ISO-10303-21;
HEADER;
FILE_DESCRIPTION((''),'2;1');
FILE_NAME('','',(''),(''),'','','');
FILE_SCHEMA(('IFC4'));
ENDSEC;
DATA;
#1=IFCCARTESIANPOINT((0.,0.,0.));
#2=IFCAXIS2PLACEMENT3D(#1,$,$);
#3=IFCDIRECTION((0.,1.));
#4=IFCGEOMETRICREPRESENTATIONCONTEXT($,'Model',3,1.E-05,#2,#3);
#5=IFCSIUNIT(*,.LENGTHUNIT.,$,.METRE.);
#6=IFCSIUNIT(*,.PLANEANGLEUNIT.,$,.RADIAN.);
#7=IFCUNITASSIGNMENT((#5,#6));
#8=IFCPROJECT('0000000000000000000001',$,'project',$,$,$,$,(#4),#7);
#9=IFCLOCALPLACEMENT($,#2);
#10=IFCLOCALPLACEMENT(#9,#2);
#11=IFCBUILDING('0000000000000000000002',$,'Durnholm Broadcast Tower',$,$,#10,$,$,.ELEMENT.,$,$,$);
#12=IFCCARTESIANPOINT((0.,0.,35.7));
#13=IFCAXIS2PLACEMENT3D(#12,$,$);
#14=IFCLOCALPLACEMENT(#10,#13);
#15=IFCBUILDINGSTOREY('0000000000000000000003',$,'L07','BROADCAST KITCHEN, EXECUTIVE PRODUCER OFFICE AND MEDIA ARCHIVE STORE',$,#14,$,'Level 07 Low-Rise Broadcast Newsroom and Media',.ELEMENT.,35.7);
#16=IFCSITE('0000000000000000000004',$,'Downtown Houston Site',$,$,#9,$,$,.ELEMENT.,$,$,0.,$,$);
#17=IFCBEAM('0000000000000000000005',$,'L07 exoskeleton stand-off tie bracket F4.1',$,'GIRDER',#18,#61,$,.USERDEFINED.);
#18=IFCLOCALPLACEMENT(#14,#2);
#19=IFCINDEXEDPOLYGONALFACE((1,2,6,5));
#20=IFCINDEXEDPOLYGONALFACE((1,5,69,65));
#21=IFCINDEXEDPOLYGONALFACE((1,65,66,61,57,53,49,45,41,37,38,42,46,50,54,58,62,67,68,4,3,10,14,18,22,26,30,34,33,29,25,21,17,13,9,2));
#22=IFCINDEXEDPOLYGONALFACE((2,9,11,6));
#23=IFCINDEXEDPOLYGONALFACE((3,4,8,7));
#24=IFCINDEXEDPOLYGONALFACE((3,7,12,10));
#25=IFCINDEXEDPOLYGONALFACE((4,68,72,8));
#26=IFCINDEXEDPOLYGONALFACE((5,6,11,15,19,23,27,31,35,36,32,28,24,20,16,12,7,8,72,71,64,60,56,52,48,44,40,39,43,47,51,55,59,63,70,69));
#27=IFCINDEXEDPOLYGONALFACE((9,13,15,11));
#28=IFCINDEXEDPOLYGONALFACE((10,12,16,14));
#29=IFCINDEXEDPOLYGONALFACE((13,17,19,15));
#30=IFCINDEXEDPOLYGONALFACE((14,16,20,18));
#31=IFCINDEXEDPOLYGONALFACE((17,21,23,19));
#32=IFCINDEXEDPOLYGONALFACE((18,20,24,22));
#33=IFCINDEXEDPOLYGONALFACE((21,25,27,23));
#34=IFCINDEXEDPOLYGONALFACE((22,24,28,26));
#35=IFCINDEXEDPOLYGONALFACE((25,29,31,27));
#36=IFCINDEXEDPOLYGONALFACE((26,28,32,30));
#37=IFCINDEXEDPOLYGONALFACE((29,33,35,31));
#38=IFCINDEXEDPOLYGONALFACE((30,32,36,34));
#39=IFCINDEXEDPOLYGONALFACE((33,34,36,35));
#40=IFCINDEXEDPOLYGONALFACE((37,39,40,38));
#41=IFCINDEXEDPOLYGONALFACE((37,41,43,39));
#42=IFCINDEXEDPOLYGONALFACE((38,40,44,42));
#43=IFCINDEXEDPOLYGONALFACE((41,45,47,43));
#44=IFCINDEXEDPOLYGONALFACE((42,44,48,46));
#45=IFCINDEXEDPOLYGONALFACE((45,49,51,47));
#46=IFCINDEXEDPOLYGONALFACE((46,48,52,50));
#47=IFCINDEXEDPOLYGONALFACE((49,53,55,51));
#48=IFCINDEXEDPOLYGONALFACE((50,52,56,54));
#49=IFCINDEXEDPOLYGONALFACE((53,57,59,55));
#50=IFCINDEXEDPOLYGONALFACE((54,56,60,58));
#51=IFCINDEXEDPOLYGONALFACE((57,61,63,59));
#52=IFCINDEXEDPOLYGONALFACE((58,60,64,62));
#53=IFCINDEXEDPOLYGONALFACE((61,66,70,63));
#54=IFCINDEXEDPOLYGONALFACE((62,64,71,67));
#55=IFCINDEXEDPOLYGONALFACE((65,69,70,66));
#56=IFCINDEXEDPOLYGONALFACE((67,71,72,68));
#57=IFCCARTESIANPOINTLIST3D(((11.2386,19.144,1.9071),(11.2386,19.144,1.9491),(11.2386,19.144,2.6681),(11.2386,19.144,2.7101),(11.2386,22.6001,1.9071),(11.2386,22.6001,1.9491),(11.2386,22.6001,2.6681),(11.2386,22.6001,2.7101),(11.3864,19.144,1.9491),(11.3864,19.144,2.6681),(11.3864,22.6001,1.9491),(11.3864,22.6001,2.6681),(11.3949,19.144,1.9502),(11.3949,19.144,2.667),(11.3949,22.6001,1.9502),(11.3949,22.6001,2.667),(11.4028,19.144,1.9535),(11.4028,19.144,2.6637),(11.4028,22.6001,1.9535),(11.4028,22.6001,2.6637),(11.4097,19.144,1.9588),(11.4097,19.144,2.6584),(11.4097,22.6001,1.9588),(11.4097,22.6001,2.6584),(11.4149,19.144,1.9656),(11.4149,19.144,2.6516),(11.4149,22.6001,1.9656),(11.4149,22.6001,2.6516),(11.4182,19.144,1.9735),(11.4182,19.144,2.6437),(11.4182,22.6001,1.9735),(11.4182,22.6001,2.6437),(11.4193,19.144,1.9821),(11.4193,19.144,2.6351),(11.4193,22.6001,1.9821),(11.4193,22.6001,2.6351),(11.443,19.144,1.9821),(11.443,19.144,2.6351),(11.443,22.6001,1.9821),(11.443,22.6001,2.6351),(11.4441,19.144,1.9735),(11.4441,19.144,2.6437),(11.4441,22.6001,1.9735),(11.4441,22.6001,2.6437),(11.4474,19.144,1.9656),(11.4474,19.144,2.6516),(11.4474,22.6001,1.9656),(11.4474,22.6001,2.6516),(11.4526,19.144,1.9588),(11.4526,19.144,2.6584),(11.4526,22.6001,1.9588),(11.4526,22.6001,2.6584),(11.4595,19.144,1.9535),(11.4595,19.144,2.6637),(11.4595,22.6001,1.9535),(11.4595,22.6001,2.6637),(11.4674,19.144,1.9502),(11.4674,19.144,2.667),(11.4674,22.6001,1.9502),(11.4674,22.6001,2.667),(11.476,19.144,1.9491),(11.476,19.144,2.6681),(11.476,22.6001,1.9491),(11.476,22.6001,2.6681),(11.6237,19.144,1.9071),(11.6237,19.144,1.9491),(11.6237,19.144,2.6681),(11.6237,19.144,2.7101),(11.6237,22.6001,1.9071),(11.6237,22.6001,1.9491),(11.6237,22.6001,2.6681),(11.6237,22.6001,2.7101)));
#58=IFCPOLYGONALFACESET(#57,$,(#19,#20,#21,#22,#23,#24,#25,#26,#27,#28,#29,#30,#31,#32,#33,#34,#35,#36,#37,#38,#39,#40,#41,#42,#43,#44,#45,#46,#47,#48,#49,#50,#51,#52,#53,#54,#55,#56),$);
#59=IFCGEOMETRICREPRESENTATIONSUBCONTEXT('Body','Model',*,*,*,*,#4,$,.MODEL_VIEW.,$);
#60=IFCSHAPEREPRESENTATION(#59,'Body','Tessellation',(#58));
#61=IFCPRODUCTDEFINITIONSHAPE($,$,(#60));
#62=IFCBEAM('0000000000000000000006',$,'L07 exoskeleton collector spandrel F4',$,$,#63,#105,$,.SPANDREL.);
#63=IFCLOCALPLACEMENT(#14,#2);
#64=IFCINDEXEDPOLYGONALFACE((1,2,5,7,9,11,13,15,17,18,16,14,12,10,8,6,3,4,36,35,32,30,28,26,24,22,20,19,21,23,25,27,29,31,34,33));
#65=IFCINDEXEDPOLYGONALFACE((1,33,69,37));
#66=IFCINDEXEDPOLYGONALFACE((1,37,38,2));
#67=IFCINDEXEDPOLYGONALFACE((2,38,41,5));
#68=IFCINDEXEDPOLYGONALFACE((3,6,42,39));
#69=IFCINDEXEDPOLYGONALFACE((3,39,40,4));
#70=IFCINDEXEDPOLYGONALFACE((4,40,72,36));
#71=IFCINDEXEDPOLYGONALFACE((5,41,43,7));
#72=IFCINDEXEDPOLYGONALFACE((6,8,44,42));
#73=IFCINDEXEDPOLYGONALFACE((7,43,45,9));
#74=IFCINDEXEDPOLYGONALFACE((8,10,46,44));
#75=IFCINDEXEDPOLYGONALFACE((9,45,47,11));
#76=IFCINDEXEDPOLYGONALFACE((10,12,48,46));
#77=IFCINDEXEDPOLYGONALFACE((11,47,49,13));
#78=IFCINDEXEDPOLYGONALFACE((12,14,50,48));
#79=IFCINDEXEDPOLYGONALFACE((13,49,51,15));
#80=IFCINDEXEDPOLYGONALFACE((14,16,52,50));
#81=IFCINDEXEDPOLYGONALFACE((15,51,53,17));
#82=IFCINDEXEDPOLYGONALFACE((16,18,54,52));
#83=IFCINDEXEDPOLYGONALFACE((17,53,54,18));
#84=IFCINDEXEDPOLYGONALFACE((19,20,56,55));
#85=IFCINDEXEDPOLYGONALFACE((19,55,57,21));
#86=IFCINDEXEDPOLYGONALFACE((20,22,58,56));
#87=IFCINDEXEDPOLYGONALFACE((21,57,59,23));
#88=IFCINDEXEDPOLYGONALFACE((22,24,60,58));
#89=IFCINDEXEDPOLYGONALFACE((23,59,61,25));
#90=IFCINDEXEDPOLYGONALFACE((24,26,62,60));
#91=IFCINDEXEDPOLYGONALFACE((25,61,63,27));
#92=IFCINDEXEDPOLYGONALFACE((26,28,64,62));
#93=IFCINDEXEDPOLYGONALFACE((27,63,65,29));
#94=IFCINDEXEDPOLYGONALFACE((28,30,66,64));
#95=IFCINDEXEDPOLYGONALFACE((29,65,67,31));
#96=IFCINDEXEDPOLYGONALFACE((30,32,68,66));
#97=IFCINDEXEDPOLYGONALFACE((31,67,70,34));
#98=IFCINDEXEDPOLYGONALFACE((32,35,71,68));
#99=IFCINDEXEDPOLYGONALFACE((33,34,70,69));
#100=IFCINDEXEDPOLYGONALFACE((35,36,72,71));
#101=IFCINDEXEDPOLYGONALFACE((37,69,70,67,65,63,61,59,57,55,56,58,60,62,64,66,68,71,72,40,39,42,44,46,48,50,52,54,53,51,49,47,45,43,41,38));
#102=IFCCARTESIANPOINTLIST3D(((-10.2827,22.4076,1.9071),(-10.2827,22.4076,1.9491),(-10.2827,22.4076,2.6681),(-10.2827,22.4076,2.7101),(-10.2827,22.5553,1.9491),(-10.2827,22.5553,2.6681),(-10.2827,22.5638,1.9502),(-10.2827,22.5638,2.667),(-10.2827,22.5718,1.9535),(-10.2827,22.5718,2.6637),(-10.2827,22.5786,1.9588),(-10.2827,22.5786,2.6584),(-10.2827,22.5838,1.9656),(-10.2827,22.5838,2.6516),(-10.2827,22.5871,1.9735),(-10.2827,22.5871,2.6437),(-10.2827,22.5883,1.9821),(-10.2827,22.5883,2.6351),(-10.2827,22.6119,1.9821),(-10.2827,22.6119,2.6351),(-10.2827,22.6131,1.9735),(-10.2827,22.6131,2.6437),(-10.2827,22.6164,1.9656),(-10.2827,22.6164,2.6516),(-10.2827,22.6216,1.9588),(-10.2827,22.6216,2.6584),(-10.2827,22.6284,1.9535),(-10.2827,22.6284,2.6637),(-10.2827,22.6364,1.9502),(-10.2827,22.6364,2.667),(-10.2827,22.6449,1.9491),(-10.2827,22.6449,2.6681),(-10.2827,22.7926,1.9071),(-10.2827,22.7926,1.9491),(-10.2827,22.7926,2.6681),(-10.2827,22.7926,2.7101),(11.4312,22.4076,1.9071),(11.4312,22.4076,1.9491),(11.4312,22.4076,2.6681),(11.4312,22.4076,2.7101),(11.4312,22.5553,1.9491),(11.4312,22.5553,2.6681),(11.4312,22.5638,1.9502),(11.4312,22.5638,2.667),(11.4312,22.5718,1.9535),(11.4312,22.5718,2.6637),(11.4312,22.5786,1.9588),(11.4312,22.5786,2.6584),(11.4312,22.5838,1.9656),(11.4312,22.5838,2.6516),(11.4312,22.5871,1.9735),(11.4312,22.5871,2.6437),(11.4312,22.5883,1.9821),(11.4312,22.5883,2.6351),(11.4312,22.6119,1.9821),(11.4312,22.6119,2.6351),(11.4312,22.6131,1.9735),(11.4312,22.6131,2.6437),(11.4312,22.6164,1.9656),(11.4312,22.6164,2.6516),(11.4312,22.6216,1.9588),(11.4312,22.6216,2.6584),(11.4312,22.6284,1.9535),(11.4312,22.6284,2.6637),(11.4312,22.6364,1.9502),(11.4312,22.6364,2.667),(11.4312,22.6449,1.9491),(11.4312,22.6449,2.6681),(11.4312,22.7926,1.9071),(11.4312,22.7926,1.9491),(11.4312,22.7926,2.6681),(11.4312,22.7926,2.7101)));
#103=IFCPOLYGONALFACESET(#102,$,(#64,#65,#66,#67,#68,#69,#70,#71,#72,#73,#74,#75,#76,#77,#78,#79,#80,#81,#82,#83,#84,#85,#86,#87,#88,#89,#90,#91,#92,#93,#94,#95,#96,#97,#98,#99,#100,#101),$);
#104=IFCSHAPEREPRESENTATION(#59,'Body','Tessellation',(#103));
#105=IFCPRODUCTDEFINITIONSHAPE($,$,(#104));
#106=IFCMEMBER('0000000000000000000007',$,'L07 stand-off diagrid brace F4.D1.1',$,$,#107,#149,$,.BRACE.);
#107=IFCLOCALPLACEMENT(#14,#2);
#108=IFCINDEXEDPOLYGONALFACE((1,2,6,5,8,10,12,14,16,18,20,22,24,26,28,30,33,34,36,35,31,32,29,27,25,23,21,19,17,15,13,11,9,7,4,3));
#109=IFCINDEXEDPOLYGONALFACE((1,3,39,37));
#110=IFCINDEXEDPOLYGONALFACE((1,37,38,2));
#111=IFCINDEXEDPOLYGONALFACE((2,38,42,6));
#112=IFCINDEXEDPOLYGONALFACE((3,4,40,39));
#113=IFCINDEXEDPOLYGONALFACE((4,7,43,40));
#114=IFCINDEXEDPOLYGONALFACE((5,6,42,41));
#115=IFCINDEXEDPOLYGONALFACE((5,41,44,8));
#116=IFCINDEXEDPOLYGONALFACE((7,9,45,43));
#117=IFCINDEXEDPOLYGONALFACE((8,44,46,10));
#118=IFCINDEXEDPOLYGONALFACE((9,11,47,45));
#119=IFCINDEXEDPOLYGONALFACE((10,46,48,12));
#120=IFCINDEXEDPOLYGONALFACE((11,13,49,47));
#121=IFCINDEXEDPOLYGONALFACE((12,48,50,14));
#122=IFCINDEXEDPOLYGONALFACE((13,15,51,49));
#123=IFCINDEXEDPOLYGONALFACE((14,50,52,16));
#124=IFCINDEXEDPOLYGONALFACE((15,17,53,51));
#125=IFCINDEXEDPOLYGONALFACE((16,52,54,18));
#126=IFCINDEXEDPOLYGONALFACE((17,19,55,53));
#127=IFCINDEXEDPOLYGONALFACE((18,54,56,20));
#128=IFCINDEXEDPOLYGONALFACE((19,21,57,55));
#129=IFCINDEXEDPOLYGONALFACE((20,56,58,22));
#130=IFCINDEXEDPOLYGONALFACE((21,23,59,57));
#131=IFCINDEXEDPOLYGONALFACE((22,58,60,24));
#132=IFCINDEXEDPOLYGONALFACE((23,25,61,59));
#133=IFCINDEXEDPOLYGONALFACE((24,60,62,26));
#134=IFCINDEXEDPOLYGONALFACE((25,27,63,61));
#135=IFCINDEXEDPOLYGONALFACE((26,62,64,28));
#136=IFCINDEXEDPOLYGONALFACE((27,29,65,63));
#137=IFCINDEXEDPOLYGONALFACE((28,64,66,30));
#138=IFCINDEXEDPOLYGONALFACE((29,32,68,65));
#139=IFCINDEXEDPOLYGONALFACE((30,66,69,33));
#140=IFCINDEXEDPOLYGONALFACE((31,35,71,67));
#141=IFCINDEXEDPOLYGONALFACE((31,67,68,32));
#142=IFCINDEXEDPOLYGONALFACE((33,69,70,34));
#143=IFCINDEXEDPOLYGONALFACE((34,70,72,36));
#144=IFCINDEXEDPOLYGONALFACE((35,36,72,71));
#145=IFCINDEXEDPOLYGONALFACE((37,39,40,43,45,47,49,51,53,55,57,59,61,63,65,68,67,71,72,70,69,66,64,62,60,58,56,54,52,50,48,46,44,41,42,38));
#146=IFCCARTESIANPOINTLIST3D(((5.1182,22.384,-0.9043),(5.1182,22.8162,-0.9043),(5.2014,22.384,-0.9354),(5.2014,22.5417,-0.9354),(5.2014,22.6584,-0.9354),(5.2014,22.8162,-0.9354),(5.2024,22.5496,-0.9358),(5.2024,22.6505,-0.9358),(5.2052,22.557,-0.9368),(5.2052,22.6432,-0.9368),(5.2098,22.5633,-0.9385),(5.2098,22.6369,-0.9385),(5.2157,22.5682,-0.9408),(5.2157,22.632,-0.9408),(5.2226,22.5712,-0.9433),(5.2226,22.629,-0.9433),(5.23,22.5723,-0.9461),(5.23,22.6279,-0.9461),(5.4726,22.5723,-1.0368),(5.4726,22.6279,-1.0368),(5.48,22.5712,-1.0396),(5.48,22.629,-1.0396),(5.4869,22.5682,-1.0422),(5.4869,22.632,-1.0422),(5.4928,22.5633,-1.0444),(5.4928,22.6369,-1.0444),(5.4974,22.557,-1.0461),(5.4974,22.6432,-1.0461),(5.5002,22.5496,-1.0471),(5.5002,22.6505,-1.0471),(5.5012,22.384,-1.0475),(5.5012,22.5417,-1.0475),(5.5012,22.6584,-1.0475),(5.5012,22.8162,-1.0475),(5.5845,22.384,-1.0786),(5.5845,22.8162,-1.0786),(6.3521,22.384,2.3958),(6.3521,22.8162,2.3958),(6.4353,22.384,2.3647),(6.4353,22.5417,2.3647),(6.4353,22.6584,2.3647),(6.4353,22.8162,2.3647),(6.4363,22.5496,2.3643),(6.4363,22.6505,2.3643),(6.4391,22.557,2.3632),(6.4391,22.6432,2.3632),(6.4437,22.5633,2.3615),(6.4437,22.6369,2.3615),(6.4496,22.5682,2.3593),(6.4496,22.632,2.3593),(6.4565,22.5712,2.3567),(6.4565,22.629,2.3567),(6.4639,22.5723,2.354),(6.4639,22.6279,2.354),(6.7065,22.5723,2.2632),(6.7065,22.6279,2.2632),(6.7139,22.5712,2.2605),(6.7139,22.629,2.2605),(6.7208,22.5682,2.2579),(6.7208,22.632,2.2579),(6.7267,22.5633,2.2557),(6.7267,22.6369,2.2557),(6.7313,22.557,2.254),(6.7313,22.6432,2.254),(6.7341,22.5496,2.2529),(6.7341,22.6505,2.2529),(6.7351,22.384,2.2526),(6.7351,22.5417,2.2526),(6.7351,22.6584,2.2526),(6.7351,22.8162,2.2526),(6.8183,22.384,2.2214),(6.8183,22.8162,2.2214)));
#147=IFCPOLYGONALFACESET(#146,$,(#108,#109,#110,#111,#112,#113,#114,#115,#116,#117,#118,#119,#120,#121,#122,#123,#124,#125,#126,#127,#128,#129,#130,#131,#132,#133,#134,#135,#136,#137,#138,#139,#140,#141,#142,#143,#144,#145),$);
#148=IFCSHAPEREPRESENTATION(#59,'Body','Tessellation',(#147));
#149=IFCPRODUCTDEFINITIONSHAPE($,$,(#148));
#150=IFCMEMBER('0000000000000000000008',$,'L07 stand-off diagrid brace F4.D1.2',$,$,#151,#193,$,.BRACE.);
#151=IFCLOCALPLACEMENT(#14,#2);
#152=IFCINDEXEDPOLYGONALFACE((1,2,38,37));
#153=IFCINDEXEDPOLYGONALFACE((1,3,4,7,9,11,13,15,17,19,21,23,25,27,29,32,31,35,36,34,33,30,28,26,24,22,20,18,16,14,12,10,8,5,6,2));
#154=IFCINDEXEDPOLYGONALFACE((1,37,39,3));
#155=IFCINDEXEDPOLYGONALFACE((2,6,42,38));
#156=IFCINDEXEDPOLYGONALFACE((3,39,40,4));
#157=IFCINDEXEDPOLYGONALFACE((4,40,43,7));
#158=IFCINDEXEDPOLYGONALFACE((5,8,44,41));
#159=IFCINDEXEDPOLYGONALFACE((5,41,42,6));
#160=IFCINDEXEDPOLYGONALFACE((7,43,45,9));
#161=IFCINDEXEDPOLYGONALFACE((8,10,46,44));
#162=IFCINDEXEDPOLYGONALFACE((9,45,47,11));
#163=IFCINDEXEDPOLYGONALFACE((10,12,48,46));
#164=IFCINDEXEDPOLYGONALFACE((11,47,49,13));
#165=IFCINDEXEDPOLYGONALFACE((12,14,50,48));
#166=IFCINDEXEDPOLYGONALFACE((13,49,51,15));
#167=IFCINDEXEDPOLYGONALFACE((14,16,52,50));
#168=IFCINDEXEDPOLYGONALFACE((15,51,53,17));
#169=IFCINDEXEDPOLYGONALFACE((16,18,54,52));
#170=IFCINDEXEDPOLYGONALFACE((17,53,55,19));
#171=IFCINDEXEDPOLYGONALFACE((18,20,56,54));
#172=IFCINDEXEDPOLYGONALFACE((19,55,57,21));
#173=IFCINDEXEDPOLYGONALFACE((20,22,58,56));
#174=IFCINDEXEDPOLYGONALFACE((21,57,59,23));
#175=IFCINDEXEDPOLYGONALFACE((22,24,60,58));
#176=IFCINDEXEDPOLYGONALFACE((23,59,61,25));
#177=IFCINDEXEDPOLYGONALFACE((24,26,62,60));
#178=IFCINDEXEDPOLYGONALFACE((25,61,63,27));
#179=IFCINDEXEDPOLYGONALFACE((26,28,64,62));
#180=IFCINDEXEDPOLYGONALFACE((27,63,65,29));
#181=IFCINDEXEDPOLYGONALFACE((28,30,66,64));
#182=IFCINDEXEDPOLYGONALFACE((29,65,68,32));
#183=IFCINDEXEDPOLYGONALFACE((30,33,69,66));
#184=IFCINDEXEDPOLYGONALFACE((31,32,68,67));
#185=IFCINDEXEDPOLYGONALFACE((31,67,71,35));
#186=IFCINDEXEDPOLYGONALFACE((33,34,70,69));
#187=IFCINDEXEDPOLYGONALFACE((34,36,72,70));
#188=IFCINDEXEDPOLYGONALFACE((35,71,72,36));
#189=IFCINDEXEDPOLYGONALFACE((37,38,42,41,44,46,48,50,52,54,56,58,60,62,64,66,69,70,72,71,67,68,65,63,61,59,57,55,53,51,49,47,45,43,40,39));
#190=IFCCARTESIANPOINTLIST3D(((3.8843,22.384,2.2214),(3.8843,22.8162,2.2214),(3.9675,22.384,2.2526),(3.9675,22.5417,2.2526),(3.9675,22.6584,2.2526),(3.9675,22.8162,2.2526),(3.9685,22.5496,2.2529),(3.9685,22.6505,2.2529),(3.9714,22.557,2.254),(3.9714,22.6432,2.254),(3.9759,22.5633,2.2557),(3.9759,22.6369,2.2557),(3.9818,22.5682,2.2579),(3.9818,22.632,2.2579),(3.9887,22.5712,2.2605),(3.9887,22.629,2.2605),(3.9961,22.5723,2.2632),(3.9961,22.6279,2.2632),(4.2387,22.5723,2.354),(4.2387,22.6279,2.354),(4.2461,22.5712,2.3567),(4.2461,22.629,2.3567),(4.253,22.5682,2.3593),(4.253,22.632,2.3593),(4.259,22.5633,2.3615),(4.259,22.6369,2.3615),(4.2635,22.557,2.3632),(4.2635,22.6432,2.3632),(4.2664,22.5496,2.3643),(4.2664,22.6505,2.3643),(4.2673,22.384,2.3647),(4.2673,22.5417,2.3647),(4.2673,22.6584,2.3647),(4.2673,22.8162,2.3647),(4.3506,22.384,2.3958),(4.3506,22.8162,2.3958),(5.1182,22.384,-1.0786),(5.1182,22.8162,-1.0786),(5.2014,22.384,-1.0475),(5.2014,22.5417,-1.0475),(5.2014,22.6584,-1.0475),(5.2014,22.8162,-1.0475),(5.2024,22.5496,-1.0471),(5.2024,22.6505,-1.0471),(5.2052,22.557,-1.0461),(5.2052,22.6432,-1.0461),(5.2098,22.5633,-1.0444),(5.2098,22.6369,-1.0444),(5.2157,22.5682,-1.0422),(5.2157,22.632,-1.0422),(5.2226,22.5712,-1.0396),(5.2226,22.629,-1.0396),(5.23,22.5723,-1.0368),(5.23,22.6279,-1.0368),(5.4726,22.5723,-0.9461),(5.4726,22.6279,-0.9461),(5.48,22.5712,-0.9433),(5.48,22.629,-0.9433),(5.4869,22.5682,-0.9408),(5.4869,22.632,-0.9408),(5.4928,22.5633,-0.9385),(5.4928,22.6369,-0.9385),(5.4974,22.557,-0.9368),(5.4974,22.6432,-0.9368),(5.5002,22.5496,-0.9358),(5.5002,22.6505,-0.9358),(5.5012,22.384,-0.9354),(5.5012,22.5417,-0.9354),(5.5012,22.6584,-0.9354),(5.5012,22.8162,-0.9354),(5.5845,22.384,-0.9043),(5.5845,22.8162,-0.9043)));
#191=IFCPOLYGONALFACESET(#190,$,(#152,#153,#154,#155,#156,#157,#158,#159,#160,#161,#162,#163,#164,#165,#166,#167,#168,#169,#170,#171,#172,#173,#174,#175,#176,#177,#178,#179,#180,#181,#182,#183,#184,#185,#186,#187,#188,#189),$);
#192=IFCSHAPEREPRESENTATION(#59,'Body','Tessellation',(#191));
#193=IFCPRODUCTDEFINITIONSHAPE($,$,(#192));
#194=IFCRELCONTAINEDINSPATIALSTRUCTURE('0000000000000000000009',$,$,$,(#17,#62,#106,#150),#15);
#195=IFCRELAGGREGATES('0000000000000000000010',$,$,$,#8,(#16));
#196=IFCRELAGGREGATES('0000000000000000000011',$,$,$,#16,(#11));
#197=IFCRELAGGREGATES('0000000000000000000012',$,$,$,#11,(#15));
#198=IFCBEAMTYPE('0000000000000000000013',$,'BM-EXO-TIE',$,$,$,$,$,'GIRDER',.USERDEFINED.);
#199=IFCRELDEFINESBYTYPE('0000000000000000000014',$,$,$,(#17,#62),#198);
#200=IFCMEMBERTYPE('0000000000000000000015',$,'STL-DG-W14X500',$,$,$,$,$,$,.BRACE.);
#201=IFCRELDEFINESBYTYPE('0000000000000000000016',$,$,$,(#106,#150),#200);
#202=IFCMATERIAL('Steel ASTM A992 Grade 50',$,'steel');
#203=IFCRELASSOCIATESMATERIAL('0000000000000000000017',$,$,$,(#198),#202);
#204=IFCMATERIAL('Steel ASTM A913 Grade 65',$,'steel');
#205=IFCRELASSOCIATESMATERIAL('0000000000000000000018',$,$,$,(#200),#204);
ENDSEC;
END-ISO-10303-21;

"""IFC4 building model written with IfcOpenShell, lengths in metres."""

from ifc_helpers import new_model, si_unit, direction, frame, origin, origin_2d, place, context, subcontext, project, spatial, i_section, extrude, source, transform, mapped, material, material_profile, profile_set, type_object, type_shapes, element, save


model = new_model("IFC4")

# Units and contexts
model_context = context("Model", 3, precision=1e-05, world=origin(), true_north=direction((0.0, 1.0)))
body_context = subcontext(model_context, "Body", "Model", "MODEL_VIEW")
ifc_project = project(units=[si_unit("LENGTHUNIT", "METRE"), si_unit("PLANEANGLEUNIT", "RADIAN")], contexts=[model_context])

# Site, building, storey
site_placement = place(None, origin())
site = spatial("IfcSite", under=ifc_project, at=site_placement, Name="Downtown Houston Site", CompositionType="ELEMENT", RefElevation=0.0)
building_placement = place(site_placement, origin())
building = spatial("IfcBuilding", under=site, at=building_placement, Name="Durnholm Broadcast Tower", CompositionType="ELEMENT")
storey_placement = place(building_placement, frame((0.0, 0.0, 35.7)))
storey = spatial("IfcBuildingStorey", under=building, at=storey_placement, Name="L07", Description="BROADCAST KITCHEN, EXECUTIVE PRODUCER OFFICE AND MEDIA ARCHIVE STORE", LongName="Level 07 Low-Rise Broadcast Newsroom and Media", CompositionType="ELEMENT", Elevation=35.7)

# Beams
ifc_material_1 = material(Name="Steel ASTM A992 Grade 50", Category="steel")
ifc_material_profile_1 = material_profile(ifc_material_1, i_section(OverallWidth=0.385, OverallDepth=0.803, WebThickness=0.0237, FlangeThickness=0.042, FilletRadius=0.033, at=origin_2d()), Name="W30X261")
ifc_profile_set_1 = profile_set([ifc_material_profile_1], Name="Steel ASTM A992 Grade 50")
beam_type_1 = type_object("IfcBeamType", Name="BM-EXO-TIE", ElementType="GIRDER", PredefinedType="USERDEFINED", material=ifc_profile_set_1)
shared_shape_1 = source(origin(), body_context, "Body", "SweptSolid", [
    extrude(i_section(OverallWidth=0.385, OverallDepth=0.803, WebThickness=0.0237, FlangeThickness=0.042, FilletRadius=0.033, at=origin_2d()), origin(), (0.0, 0.0, 1.0), 3.4561),
])
beam_1_placement = place(storey_placement, frame((11.4312, 19.144, 2.3086), z_axis=(0.0, 1.0, 0.0), x_axis=(-1.0, 0.0, 0.0)))
element("IfcBeam", 1, at=beam_1_placement, inside=storey, type_object=beam_type_1, Name="L07 exoskeleton stand-off tie bracket F4.1", ObjectType="GIRDER", PredefinedType="USERDEFINED", context=body_context, shape_type="MappedRepresentation", body=[
    mapped(shared_shape_1, transform((0.0, 0.0, 0.0), x_axis=(1.0, 0.0, 0.0), y_axis=(0.0, 1.0, 0.0), z_axis=(0.0, 0.0, 1.0), scale=1.0)),
])
shared_shape_2 = source(origin(), body_context, "Body", "SweptSolid", [
    extrude(i_section(OverallWidth=0.385, OverallDepth=0.803, WebThickness=0.0237, FlangeThickness=0.042, FilletRadius=0.033, at=origin_2d()), origin(), (0.0, 0.0, 1.0), 21.7139),
])
type_shapes(beam_type_1, [shared_shape_1, shared_shape_2])
beam_2_placement = place(storey_placement, frame((11.4312, 22.6001, 2.3086), z_axis=(-1.0, 0.0, 0.0), x_axis=(0.0, -1.0, 0.0)))
element("IfcBeam", 2, at=beam_2_placement, inside=storey, type_object=beam_type_1, Name="L07 exoskeleton collector spandrel F4", PredefinedType="SPANDREL", context=body_context, shape_type="MappedRepresentation", body=[
    mapped(shared_shape_2, transform((0.0, 0.0, 0.0), x_axis=(1.0, 0.0, 0.0), y_axis=(0.0, 1.0, 0.0), z_axis=(0.0, 0.0, 1.0), scale=1.0)),
])

# Members
ifc_material_2 = material(Name="Steel ASTM A913 Grade 65", Category="steel")
ifc_material_profile_2 = material_profile(ifc_material_2, i_section(OverallWidth=0.4321, OverallDepth=0.4978, WebThickness=0.0557, FlangeThickness=0.0889, FilletRadius=0.0305, at=origin_2d()), Name="W14X500")
ifc_profile_set_2 = profile_set([ifc_material_profile_2], Name="Steel ASTM A913 Grade 65")
member_type_1 = type_object("IfcMemberType", Name="STL-DG-W14X500", PredefinedType="BRACE", material=ifc_profile_set_2)
shared_shape_3 = source(origin(), body_context, "Body", "SweptSolid", [
    extrude(i_section(OverallWidth=0.4321, OverallDepth=0.4978, WebThickness=0.0557, FlangeThickness=0.0889, FilletRadius=0.0305, at=origin_2d()), origin(), (0.0, 0.0, 1.0), 3.5232),
])
type_shapes(member_type_1, [shared_shape_3])
for number, where, z_axis, x_axis, name in (
    (3, (5.3513, 22.6001, -0.9915), (0.35022, 0.0, 0.936668), (0.0, 1.0, 0.0), "L07 stand-off diagrid brace F4.D1.1"),
    (4, (5.3513, 22.6001, -0.9915), (-0.35022, 0.0, 0.936668), (0.0, -1.0, 0.0), "L07 stand-off diagrid brace F4.D1.2"),
):
    element("IfcMember", number, at=place(storey_placement, frame(where, z_axis=z_axis, x_axis=x_axis)), inside=storey, type_object=member_type_1, Name=name, PredefinedType="BRACE", context=body_context, shape_type="MappedRepresentation", body=[
        mapped(shared_shape_3, transform((0.0, 0.0, 0.0), x_axis=(1.0, 0.0, 0.0), y_axis=(0.0, 1.0, 0.0), z_axis=(0.0, 0.0, 1.0), scale=1.0)),
    ])

save(model, "model.ifc")
